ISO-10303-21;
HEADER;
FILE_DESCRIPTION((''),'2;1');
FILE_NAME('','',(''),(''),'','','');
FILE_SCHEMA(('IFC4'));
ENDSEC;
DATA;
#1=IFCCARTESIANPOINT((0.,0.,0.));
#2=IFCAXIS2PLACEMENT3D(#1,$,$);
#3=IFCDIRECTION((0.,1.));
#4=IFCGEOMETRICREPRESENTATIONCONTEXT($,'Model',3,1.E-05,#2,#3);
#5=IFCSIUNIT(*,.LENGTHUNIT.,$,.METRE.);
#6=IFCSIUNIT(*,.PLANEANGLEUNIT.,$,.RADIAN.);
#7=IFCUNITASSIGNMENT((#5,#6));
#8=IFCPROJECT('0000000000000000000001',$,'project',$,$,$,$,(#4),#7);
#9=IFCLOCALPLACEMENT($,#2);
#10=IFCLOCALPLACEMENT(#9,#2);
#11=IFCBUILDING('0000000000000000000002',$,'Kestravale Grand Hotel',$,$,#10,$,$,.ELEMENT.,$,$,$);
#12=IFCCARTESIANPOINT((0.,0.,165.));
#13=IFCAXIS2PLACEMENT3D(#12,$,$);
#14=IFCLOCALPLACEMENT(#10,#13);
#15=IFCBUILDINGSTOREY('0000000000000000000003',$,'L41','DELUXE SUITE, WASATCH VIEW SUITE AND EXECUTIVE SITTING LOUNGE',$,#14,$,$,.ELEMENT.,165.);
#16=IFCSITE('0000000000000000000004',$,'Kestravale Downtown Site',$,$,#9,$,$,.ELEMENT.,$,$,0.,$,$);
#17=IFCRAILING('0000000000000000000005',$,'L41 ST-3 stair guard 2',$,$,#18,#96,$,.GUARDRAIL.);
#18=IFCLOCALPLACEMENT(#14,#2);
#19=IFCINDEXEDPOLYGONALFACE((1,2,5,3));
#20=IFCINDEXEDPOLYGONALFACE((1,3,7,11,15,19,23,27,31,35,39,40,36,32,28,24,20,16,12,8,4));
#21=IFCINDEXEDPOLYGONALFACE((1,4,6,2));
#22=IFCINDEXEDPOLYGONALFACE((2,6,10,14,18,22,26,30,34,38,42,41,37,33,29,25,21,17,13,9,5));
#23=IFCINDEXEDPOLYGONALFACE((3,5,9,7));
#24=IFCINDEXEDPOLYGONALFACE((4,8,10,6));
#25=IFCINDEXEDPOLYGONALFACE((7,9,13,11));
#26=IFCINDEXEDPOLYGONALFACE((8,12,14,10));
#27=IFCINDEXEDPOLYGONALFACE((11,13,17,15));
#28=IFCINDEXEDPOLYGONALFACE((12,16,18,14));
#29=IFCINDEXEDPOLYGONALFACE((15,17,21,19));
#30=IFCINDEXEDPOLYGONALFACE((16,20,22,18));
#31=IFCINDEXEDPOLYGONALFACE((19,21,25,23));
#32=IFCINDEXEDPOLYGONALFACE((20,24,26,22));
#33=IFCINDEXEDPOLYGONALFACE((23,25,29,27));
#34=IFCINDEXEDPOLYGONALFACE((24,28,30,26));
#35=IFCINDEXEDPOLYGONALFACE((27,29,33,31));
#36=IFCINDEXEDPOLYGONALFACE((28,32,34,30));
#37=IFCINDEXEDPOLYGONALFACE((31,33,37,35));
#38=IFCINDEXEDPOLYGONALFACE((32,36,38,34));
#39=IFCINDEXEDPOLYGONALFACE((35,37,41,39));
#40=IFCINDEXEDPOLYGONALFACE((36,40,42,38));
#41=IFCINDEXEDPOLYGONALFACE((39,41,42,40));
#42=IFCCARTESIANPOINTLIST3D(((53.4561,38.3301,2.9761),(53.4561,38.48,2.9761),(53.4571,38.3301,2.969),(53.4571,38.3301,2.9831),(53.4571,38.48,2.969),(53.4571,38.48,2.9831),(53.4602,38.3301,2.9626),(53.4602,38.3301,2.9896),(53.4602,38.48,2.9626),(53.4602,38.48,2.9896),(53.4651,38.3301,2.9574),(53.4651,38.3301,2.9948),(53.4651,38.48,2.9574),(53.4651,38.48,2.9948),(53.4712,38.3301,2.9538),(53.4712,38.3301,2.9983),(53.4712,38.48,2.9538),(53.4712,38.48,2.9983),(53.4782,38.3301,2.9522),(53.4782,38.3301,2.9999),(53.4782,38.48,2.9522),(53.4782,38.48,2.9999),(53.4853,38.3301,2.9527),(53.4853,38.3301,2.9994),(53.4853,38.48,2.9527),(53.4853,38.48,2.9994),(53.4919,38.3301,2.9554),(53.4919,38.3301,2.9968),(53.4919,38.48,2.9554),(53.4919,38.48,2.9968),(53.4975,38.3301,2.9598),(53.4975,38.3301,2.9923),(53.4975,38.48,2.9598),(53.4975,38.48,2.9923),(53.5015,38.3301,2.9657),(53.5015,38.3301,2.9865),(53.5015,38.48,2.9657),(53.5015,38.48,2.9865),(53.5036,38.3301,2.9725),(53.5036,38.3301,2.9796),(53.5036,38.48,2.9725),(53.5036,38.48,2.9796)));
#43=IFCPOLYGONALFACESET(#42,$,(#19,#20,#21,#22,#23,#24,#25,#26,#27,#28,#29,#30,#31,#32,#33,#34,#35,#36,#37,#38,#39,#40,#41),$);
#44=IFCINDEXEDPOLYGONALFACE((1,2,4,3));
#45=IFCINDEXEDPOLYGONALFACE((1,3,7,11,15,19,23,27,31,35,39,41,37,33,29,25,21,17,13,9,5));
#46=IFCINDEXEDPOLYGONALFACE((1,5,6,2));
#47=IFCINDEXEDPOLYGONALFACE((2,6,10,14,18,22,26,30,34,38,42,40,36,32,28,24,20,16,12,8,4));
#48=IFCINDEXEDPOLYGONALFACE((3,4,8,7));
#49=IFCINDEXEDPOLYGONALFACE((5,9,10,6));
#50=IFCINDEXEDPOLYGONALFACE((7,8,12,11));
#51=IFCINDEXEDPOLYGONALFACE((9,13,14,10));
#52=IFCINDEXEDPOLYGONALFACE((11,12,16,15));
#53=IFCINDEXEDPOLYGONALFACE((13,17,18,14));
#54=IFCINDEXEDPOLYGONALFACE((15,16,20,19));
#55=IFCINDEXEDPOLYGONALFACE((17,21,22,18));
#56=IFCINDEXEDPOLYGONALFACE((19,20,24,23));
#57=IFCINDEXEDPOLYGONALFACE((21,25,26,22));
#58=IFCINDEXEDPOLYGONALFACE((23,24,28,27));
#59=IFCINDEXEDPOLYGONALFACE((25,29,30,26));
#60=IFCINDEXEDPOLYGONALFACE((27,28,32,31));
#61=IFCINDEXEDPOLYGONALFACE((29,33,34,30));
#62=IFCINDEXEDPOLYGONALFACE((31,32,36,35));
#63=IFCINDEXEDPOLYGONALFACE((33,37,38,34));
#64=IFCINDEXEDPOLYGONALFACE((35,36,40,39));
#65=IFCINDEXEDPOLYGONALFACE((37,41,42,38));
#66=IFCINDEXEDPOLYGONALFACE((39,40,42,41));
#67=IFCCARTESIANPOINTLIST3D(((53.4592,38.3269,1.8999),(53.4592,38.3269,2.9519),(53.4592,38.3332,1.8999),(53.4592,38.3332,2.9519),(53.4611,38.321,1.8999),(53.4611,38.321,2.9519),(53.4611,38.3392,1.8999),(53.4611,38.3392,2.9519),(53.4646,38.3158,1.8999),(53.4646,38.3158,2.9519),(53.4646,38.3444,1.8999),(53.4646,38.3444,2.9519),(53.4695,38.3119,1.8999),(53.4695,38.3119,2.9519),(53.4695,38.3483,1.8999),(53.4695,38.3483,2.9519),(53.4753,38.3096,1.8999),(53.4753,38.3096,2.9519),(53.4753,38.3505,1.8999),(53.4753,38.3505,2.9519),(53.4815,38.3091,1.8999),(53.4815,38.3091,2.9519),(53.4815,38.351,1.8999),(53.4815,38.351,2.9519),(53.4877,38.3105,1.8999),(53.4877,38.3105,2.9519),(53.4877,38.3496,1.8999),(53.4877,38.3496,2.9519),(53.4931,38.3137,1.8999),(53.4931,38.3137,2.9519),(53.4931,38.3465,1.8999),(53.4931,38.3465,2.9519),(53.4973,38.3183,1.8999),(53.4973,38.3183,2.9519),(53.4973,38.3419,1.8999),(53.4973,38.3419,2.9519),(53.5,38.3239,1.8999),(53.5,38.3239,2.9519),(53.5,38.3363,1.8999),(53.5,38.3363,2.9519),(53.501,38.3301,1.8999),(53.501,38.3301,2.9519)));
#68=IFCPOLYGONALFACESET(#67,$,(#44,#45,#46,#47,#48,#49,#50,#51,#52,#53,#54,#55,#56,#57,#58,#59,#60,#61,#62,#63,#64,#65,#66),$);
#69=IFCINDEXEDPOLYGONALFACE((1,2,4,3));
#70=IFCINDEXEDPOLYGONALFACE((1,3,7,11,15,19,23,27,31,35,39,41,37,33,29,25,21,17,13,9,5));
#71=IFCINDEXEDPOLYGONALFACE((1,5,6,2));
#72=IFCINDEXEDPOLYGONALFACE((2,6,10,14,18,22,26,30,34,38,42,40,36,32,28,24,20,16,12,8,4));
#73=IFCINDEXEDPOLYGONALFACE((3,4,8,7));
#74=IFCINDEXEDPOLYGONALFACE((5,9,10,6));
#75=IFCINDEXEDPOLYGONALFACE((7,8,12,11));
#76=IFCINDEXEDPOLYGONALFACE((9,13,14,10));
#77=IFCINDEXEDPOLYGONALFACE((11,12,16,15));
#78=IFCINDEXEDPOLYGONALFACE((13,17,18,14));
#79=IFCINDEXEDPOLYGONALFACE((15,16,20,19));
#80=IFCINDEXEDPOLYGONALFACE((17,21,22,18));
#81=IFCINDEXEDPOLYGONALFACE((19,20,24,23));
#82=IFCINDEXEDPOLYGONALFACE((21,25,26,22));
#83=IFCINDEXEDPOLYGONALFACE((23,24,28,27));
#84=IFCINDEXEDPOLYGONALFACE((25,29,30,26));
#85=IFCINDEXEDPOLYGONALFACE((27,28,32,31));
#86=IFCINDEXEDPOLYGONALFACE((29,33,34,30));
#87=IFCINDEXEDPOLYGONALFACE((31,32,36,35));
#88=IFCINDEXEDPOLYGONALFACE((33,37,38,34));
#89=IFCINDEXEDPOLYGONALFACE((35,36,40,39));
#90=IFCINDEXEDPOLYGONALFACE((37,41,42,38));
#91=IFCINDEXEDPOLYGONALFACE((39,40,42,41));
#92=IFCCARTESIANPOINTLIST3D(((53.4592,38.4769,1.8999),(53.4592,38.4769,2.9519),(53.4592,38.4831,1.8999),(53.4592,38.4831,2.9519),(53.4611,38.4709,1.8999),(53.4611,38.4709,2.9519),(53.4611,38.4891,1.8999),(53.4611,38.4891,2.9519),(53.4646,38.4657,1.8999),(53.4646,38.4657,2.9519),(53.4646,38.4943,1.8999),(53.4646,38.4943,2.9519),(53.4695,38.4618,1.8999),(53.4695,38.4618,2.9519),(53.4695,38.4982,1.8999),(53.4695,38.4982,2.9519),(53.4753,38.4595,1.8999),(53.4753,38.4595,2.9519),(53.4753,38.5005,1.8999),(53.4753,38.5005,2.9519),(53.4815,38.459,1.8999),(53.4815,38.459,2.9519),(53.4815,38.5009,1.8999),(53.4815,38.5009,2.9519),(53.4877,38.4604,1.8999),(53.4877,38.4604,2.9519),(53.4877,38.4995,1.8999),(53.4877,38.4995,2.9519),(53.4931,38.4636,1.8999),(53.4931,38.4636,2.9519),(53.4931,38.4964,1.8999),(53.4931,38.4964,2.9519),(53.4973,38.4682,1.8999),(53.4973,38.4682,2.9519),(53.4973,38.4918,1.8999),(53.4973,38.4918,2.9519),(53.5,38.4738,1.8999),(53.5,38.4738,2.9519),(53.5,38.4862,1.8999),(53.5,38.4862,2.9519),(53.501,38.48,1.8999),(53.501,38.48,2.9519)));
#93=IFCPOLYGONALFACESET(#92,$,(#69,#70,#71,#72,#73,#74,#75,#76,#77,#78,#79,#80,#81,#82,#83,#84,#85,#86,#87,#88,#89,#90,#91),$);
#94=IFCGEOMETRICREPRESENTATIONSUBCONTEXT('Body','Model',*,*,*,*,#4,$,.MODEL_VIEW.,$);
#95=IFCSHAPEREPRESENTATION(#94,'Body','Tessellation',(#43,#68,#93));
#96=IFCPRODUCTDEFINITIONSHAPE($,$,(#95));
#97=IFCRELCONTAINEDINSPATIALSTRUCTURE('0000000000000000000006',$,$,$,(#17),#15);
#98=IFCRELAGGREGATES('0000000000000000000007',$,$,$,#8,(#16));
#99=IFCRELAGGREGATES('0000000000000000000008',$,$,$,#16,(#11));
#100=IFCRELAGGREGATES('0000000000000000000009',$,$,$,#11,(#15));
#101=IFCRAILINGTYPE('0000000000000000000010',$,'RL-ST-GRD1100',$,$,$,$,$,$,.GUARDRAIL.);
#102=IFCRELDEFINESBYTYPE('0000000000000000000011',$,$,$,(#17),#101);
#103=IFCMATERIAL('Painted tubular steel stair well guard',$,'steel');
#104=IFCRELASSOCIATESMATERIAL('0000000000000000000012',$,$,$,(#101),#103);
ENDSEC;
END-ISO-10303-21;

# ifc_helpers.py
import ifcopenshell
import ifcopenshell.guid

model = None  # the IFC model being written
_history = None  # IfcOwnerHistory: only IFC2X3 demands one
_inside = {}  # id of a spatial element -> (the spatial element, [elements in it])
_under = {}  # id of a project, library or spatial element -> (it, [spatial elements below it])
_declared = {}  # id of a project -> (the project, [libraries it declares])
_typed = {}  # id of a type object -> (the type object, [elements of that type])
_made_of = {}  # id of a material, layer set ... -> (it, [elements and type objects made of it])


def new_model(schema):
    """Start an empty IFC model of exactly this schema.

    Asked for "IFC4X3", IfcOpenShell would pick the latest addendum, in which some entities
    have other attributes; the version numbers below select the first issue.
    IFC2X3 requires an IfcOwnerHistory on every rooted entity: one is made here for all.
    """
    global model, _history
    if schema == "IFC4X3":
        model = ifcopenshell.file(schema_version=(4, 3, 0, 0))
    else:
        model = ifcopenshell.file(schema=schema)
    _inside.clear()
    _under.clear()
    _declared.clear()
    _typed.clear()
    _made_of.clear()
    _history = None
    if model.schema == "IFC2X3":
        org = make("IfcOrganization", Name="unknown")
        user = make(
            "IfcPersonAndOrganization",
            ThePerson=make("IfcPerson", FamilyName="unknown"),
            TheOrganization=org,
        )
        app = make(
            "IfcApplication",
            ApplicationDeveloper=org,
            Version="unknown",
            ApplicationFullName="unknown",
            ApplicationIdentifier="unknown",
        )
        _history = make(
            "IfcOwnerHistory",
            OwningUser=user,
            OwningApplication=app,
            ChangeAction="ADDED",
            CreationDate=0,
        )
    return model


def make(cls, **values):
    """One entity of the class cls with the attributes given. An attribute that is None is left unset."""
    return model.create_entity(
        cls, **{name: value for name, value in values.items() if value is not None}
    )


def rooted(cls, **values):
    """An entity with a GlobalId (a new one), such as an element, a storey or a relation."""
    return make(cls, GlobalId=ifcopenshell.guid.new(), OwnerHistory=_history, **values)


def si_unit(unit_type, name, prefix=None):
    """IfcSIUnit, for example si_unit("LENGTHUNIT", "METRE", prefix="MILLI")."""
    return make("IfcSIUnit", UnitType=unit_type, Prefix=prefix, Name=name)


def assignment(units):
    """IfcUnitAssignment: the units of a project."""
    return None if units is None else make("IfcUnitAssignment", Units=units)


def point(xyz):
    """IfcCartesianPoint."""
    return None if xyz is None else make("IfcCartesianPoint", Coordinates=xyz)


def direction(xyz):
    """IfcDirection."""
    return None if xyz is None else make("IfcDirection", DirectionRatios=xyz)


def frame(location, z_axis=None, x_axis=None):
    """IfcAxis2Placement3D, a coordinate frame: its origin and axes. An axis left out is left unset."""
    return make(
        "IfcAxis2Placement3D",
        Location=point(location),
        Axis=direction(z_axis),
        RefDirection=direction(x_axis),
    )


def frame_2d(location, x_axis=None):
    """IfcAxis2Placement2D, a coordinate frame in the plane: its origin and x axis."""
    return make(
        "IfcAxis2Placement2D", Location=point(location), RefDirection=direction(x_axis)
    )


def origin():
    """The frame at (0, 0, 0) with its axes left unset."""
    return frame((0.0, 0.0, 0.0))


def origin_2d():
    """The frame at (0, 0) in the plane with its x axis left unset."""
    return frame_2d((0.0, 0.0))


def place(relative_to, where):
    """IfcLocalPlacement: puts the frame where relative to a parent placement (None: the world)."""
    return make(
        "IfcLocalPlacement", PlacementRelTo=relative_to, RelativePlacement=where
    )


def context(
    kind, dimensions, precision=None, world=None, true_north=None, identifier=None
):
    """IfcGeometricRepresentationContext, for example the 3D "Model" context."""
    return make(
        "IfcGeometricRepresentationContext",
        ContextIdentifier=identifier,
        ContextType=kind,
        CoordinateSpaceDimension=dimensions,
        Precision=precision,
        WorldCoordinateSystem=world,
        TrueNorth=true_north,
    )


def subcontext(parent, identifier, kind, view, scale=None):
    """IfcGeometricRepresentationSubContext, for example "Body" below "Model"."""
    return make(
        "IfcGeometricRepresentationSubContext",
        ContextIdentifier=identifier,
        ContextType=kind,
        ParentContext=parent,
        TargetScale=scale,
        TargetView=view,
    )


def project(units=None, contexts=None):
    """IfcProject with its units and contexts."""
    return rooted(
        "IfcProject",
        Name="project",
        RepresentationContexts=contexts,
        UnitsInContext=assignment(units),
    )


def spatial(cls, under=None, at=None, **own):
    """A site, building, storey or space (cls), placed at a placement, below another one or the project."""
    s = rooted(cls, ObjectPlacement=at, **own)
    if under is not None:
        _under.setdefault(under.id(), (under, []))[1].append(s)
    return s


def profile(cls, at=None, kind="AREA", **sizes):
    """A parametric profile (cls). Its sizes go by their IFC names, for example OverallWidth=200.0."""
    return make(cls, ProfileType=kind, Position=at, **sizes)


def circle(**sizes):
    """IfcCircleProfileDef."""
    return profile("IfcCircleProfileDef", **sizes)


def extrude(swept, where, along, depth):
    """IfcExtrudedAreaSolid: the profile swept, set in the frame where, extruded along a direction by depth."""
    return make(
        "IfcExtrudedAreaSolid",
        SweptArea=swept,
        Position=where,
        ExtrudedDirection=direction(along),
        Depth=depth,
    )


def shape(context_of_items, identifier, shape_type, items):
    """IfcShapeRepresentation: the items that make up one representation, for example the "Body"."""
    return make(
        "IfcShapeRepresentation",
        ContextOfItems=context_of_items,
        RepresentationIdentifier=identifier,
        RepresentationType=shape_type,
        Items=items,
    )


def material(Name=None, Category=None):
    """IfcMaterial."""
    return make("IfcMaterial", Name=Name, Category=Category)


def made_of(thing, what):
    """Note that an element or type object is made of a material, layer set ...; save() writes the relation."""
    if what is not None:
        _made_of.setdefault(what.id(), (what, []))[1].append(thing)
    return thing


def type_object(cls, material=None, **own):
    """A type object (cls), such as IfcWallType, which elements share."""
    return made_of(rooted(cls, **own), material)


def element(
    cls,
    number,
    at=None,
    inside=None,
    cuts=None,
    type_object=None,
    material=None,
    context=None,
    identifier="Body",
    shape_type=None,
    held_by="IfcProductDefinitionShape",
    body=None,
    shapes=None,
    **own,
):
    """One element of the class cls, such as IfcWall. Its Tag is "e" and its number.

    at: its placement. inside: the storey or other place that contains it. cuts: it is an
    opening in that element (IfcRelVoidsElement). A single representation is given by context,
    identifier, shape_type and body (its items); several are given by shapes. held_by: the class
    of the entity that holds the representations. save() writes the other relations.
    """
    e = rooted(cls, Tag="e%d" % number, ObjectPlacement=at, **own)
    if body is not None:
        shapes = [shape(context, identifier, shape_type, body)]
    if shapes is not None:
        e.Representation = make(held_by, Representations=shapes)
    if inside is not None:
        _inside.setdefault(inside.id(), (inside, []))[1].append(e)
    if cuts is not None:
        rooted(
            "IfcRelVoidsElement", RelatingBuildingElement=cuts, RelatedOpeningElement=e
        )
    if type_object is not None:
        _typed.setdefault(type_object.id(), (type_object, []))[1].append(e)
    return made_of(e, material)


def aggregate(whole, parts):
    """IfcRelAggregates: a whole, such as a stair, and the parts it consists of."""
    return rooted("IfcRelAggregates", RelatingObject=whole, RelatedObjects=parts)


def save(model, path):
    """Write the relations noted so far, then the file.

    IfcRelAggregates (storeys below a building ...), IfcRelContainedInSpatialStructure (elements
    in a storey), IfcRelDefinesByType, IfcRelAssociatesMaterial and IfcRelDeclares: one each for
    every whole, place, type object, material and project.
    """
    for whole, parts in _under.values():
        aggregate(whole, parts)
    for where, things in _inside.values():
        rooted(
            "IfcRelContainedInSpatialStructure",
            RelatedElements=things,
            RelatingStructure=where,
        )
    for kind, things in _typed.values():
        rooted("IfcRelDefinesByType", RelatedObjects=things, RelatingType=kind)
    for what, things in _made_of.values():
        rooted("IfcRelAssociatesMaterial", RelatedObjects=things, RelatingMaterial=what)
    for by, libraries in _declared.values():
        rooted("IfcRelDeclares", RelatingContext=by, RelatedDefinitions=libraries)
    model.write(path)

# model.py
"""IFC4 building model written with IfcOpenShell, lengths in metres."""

from ifc_helpers import new_model, si_unit, direction, frame, origin, origin_2d, place, context, subcontext, project, spatial, circle, extrude, material, type_object, element, save


model = new_model("IFC4")

# Units and contexts
model_context = context("Model", 3, precision=1e-05, world=origin(), true_north=direction((0.0, 1.0)))
body_context = subcontext(model_context, "Body", "Model", "MODEL_VIEW")
ifc_project = project(units=[si_unit("LENGTHUNIT", "METRE"), si_unit("PLANEANGLEUNIT", "RADIAN")], contexts=[model_context])

# Site, building, storey
site_placement = place(None, origin())
site = spatial("IfcSite", under=ifc_project, at=site_placement, Name="Kestravale Downtown Site", CompositionType="ELEMENT", RefElevation=0.0)
building_placement = place(site_placement, origin())
building = spatial("IfcBuilding", under=site, at=building_placement, Name="Kestravale Grand Hotel", CompositionType="ELEMENT")
storey_placement = place(building_placement, frame((0.0, 0.0, 165.0)))
storey = spatial("IfcBuildingStorey", under=building, at=storey_placement, Name="L41", Description="DELUXE SUITE, WASATCH VIEW SUITE AND EXECUTIVE SITTING LOUNGE", CompositionType="ELEMENT", Elevation=165.0)

# Railing
ifc_material_1 = material(Name="Painted tubular steel stair well guard", Category="steel")
railing_type_1 = type_object("IfcRailingType", Name="RL-ST-GRD1100", PredefinedType="GUARDRAIL", material=ifc_material_1)
railing_1_placement = place(storey_placement, frame((53.48, 38.3301, 1.8999)))
element("IfcRailing", 1, at=railing_1_placement, inside=storey, type_object=railing_type_1, Name="L41 ST-3 stair guard 2", PredefinedType="GUARDRAIL", context=body_context, shape_type="SweptSolid", body=[
    extrude(circle(Radius=0.0239, at=origin_2d()), frame((0.0, 0.0, 1.0762), z_axis=(0.0, 1.0, 0.0), x_axis=(-1.0, 0.0, 0.0)), (0.0, 0.0, 1.0), 0.1499),
    extrude(circle(Radius=0.021, at=origin_2d()), origin(), (0.0, 0.0, 1.0), 1.052),
    extrude(circle(Radius=0.021, at=origin_2d()), frame((0.0, 0.1499, 0.0)), (0.0, 0.0, 1.0), 1.052),
])

save(model, "model.ifc")
